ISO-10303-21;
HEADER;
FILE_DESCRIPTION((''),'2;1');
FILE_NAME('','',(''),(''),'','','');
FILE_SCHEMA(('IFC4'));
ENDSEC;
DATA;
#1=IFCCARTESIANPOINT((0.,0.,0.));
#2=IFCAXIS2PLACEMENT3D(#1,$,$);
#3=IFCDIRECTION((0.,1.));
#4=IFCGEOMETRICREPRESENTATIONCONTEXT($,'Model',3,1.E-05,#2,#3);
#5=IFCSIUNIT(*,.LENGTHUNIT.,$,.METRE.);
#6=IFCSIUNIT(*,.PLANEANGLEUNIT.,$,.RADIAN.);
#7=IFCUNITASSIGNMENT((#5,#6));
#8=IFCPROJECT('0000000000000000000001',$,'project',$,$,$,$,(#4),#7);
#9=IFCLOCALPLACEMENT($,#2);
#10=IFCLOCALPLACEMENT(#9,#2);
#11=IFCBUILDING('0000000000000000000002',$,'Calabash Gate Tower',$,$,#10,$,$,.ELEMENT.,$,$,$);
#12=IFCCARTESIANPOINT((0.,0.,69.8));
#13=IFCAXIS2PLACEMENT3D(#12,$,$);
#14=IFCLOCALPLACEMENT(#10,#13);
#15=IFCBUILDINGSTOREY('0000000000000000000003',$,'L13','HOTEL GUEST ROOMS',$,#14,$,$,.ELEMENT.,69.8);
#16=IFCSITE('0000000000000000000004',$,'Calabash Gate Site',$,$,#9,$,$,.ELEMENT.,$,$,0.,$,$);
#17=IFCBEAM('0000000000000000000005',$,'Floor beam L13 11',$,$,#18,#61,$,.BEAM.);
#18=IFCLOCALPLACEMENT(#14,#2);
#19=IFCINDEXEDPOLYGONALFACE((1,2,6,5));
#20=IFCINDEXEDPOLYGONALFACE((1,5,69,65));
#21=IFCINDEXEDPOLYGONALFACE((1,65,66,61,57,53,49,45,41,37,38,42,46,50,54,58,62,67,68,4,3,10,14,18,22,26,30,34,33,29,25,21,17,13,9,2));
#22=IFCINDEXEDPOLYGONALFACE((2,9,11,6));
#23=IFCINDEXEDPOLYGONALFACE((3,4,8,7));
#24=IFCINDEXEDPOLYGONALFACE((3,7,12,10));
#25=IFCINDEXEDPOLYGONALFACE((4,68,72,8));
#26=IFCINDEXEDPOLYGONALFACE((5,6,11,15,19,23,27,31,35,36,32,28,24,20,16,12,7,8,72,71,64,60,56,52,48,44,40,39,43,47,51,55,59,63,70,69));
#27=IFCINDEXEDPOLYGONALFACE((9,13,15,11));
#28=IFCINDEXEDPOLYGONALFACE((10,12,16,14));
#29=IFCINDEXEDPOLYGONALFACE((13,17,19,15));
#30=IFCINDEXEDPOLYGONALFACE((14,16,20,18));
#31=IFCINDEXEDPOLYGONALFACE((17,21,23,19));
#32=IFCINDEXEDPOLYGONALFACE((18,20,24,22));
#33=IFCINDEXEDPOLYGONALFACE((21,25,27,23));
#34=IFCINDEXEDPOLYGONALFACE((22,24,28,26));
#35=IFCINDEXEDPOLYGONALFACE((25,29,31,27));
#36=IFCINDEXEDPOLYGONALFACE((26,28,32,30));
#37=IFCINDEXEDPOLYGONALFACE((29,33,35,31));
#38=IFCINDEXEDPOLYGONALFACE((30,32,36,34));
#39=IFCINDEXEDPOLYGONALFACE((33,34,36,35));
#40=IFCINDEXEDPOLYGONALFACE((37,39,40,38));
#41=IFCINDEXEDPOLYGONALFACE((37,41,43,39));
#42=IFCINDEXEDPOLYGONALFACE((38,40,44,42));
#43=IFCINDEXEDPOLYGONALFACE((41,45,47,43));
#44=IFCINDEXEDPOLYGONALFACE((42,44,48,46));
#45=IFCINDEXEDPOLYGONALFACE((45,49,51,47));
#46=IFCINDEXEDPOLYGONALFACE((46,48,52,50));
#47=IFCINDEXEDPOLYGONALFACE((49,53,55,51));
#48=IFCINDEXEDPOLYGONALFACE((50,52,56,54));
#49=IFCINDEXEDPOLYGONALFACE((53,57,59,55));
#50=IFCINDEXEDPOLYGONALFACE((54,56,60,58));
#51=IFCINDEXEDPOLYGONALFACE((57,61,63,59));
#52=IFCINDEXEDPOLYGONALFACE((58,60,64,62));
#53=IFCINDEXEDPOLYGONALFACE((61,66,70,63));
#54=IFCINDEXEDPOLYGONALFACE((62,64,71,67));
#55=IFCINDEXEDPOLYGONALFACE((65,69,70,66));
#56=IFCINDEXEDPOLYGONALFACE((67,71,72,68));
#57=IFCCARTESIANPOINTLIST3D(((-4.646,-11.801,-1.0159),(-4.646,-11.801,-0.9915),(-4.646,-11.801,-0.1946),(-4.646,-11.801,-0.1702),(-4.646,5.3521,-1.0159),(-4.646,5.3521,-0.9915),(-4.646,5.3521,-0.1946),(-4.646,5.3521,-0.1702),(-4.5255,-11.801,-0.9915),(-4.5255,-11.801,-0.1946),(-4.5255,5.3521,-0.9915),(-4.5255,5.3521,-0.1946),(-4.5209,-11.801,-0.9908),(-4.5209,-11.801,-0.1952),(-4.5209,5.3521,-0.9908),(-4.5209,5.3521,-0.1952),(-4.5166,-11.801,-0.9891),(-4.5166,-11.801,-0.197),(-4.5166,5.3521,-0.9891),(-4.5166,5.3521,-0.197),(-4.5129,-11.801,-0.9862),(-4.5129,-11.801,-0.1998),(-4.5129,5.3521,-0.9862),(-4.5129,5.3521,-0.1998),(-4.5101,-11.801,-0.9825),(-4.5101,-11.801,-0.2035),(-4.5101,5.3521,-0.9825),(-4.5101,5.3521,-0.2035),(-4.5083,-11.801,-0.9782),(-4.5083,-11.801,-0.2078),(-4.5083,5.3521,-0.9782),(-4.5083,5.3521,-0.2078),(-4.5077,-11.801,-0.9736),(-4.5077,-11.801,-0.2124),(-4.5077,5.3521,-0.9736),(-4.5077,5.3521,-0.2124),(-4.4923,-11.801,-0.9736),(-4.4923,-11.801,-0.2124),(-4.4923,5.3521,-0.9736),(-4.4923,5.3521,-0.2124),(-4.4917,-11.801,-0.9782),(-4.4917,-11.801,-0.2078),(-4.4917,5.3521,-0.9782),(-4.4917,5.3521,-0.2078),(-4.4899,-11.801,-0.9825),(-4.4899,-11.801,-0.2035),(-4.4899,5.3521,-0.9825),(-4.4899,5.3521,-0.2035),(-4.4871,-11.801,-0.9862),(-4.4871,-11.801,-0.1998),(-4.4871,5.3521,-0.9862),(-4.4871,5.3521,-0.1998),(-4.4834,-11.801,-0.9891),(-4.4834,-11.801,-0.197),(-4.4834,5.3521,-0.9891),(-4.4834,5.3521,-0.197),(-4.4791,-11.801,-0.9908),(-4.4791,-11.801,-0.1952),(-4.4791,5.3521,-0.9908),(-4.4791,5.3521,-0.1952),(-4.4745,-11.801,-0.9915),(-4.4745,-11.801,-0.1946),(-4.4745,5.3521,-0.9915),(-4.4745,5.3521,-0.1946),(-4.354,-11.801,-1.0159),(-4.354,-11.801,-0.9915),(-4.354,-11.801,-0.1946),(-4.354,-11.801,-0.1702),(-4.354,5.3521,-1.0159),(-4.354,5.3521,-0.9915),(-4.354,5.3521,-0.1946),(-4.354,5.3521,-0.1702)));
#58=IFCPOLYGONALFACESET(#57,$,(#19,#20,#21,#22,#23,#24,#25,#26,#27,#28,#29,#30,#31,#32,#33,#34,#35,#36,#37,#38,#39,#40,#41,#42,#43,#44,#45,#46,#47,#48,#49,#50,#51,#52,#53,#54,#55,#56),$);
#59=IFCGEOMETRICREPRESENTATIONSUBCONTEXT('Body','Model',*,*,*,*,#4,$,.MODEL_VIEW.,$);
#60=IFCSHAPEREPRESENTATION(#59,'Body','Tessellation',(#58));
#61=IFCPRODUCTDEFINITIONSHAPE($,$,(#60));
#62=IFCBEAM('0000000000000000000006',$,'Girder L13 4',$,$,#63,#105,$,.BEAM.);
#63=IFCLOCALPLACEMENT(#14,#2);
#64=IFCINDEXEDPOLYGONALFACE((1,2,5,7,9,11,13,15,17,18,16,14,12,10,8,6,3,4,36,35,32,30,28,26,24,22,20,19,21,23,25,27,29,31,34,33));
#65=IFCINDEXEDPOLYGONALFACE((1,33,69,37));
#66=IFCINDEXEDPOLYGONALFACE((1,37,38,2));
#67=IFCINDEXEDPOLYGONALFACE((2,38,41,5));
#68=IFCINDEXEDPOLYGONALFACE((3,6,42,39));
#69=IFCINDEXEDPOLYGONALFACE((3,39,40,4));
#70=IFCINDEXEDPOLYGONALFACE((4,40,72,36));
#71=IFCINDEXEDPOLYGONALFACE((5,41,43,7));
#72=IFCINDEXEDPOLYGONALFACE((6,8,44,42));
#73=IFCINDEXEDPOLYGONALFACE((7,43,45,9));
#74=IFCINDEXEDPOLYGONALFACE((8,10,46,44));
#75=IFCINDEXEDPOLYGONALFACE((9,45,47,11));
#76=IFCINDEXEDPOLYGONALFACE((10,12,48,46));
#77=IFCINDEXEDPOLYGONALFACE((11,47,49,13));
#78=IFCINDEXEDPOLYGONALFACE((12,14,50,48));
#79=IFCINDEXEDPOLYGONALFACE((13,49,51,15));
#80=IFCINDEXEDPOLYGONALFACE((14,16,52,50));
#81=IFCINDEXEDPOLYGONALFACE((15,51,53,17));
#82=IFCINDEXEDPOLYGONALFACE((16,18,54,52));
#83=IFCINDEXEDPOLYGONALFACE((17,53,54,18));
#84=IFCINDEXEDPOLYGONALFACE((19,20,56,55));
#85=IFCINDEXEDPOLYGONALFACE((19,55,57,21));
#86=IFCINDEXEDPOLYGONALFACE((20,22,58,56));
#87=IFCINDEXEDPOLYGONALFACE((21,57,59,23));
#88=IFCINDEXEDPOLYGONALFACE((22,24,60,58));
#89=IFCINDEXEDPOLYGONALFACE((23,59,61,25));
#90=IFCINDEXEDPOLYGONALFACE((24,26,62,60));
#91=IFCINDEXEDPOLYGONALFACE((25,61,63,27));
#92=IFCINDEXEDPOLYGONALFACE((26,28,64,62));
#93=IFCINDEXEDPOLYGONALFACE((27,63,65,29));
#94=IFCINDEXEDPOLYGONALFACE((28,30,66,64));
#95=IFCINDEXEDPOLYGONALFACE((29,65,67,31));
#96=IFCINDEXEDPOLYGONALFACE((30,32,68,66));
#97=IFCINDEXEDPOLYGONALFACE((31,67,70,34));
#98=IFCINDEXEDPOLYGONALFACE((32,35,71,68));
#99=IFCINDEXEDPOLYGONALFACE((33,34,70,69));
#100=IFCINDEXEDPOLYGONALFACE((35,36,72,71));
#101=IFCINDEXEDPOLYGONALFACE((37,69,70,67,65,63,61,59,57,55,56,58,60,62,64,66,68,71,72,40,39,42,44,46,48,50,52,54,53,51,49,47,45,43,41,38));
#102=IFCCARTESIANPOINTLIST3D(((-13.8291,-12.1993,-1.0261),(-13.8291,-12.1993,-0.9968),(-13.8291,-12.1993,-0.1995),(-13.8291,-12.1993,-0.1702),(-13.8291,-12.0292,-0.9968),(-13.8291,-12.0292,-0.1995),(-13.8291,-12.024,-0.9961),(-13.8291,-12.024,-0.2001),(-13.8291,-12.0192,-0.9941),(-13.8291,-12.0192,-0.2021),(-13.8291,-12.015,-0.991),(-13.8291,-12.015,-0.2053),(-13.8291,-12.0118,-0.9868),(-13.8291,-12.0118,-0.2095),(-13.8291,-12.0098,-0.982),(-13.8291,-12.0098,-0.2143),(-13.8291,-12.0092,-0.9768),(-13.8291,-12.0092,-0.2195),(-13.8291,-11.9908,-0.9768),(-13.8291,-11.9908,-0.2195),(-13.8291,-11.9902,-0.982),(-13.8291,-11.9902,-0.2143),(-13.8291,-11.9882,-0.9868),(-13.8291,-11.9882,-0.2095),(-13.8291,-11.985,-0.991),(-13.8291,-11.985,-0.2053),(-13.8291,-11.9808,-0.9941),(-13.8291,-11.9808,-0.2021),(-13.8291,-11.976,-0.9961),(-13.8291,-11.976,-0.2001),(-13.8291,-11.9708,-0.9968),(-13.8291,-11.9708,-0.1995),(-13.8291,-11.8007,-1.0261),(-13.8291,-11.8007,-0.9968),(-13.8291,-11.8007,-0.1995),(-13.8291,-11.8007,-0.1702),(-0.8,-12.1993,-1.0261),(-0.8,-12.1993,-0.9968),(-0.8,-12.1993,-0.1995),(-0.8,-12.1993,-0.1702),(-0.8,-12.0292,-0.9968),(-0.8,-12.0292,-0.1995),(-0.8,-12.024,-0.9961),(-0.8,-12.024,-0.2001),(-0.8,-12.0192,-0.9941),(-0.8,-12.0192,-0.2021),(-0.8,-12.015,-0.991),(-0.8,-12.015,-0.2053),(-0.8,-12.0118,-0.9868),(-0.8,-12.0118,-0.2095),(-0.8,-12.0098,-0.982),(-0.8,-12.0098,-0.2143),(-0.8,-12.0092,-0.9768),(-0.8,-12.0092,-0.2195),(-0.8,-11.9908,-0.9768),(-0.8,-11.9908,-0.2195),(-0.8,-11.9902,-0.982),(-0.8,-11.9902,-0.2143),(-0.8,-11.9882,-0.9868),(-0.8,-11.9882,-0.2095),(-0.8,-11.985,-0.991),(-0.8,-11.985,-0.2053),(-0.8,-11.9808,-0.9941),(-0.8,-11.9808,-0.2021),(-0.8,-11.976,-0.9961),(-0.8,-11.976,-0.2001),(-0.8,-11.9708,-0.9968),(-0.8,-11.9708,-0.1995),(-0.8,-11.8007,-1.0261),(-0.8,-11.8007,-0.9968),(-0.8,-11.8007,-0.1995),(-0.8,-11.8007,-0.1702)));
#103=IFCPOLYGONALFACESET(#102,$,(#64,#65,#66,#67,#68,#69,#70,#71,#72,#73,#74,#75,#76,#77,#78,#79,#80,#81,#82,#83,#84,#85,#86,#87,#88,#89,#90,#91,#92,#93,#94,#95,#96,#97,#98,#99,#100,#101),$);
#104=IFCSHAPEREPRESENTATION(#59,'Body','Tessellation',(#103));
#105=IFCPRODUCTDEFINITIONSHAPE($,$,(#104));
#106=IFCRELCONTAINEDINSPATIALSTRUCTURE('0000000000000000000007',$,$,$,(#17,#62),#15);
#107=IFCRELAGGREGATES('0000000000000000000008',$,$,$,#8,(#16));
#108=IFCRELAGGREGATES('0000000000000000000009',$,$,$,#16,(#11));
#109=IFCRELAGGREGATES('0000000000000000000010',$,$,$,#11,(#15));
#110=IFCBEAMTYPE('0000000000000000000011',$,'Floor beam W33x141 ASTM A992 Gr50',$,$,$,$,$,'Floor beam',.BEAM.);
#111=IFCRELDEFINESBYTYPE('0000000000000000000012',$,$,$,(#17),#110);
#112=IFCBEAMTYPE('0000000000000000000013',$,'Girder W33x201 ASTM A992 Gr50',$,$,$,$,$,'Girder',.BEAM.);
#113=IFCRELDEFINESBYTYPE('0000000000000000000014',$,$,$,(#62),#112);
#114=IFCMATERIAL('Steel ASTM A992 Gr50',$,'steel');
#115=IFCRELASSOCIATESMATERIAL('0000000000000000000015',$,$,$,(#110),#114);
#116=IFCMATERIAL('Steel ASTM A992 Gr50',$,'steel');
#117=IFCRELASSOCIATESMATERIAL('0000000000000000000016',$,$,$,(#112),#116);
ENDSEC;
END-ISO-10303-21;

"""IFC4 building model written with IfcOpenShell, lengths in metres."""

from ifc_helpers import new_model, si_unit, direction, frame, origin, origin_2d, place, context, subcontext, project, spatial, i_section, extrude, material, material_profile, profile_set, type_object, element, save


model = new_model("IFC4")

# Units and contexts
model_context = context("Model", 3, precision=1e-05, world=origin(), true_north=direction((0.0, 1.0)))
body_context = subcontext(model_context, "Body", "Model", "MODEL_VIEW")
ifc_project = project(units=[si_unit("LENGTHUNIT", "METRE"), si_unit("PLANEANGLEUNIT", "RADIAN")], contexts=[model_context])

# Site, building, storey
site_placement = place(None, origin())
site = spatial("IfcSite", under=ifc_project, at=site_placement, Name="Calabash Gate Site", CompositionType="ELEMENT", RefElevation=0.0)
building_placement = place(site_placement, origin())
building = spatial("IfcBuilding", under=site, at=building_placement, Name="Calabash Gate Tower", CompositionType="ELEMENT")
storey_placement = place(building_placement, frame((0.0, 0.0, 69.8)))
storey = spatial("IfcBuildingStorey", under=building, at=storey_placement, Name="L13", Description="HOTEL GUEST ROOMS", CompositionType="ELEMENT", Elevation=69.8)

# Beams
ifc_material_1 = material(Name="Steel ASTM A992 Gr50", Category="steel")
ifc_material_profile_1 = material_profile(ifc_material_1, i_section(OverallWidth=0.292, OverallDepth=0.8457, WebThickness=0.0154, FlangeThickness=0.0244, FilletRadius=0.0178, at=origin_2d()))
ifc_profile_set_1 = profile_set([ifc_material_profile_1], Name="Steel ASTM A992 Gr50")
beam_type_1 = type_object("IfcBeamType", Name="Floor beam W33x141 ASTM A992 Gr50", ElementType="Floor beam", PredefinedType="BEAM", material=ifc_profile_set_1)
beam_1_placement = place(storey_placement, frame((-4.5, -11.801, -0.593), z_axis=(0.0, 1.0, 0.0), x_axis=(-1.0, 0.0, 0.0)))
element("IfcBeam", 1, at=beam_1_placement, inside=storey, type_object=beam_type_1, Name="Floor beam L13 11", PredefinedType="BEAM", context=body_context, shape_type="SweptSolid", body=[
    extrude(i_section(OverallWidth=0.292, OverallDepth=0.8457, WebThickness=0.0154, FlangeThickness=0.0244, FilletRadius=0.0178, at=origin_2d()), origin(), (0.0, 0.0, 1.0), 17.1531),
])
ifc_material_2 = material(Name="Steel ASTM A992 Gr50", Category="steel")
ifc_material_profile_2 = material_profile(ifc_material_2, i_section(OverallWidth=0.3987, OverallDepth=0.856, WebThickness=0.0183, FlangeThickness=0.0293, FilletRadius=0.02, at=origin_2d()))
ifc_profile_set_2 = profile_set([ifc_material_profile_2], Name="Steel ASTM A992 Gr50")
beam_type_2 = type_object("IfcBeamType", Name="Girder W33x201 ASTM A992 Gr50", ElementType="Girder", PredefinedType="BEAM", material=ifc_profile_set_2)
beam_2_placement = place(storey_placement, frame((-13.8291, -12.0, -0.5981), z_axis=(1.0, 0.0, 0.0), x_axis=(0.0, 1.0, 0.0)))
element("IfcBeam", 2, at=beam_2_placement, inside=storey, type_object=beam_type_2, Name="Girder L13 4", PredefinedType="BEAM", context=body_context, shape_type="SweptSolid", body=[
    extrude(i_section(OverallWidth=0.3987, OverallDepth=0.856, WebThickness=0.0183, FlangeThickness=0.0293, FilletRadius=0.02, at=origin_2d()), origin(), (0.0, 0.0, 1.0), 13.0291),
])

save(model, "model.ifc")
